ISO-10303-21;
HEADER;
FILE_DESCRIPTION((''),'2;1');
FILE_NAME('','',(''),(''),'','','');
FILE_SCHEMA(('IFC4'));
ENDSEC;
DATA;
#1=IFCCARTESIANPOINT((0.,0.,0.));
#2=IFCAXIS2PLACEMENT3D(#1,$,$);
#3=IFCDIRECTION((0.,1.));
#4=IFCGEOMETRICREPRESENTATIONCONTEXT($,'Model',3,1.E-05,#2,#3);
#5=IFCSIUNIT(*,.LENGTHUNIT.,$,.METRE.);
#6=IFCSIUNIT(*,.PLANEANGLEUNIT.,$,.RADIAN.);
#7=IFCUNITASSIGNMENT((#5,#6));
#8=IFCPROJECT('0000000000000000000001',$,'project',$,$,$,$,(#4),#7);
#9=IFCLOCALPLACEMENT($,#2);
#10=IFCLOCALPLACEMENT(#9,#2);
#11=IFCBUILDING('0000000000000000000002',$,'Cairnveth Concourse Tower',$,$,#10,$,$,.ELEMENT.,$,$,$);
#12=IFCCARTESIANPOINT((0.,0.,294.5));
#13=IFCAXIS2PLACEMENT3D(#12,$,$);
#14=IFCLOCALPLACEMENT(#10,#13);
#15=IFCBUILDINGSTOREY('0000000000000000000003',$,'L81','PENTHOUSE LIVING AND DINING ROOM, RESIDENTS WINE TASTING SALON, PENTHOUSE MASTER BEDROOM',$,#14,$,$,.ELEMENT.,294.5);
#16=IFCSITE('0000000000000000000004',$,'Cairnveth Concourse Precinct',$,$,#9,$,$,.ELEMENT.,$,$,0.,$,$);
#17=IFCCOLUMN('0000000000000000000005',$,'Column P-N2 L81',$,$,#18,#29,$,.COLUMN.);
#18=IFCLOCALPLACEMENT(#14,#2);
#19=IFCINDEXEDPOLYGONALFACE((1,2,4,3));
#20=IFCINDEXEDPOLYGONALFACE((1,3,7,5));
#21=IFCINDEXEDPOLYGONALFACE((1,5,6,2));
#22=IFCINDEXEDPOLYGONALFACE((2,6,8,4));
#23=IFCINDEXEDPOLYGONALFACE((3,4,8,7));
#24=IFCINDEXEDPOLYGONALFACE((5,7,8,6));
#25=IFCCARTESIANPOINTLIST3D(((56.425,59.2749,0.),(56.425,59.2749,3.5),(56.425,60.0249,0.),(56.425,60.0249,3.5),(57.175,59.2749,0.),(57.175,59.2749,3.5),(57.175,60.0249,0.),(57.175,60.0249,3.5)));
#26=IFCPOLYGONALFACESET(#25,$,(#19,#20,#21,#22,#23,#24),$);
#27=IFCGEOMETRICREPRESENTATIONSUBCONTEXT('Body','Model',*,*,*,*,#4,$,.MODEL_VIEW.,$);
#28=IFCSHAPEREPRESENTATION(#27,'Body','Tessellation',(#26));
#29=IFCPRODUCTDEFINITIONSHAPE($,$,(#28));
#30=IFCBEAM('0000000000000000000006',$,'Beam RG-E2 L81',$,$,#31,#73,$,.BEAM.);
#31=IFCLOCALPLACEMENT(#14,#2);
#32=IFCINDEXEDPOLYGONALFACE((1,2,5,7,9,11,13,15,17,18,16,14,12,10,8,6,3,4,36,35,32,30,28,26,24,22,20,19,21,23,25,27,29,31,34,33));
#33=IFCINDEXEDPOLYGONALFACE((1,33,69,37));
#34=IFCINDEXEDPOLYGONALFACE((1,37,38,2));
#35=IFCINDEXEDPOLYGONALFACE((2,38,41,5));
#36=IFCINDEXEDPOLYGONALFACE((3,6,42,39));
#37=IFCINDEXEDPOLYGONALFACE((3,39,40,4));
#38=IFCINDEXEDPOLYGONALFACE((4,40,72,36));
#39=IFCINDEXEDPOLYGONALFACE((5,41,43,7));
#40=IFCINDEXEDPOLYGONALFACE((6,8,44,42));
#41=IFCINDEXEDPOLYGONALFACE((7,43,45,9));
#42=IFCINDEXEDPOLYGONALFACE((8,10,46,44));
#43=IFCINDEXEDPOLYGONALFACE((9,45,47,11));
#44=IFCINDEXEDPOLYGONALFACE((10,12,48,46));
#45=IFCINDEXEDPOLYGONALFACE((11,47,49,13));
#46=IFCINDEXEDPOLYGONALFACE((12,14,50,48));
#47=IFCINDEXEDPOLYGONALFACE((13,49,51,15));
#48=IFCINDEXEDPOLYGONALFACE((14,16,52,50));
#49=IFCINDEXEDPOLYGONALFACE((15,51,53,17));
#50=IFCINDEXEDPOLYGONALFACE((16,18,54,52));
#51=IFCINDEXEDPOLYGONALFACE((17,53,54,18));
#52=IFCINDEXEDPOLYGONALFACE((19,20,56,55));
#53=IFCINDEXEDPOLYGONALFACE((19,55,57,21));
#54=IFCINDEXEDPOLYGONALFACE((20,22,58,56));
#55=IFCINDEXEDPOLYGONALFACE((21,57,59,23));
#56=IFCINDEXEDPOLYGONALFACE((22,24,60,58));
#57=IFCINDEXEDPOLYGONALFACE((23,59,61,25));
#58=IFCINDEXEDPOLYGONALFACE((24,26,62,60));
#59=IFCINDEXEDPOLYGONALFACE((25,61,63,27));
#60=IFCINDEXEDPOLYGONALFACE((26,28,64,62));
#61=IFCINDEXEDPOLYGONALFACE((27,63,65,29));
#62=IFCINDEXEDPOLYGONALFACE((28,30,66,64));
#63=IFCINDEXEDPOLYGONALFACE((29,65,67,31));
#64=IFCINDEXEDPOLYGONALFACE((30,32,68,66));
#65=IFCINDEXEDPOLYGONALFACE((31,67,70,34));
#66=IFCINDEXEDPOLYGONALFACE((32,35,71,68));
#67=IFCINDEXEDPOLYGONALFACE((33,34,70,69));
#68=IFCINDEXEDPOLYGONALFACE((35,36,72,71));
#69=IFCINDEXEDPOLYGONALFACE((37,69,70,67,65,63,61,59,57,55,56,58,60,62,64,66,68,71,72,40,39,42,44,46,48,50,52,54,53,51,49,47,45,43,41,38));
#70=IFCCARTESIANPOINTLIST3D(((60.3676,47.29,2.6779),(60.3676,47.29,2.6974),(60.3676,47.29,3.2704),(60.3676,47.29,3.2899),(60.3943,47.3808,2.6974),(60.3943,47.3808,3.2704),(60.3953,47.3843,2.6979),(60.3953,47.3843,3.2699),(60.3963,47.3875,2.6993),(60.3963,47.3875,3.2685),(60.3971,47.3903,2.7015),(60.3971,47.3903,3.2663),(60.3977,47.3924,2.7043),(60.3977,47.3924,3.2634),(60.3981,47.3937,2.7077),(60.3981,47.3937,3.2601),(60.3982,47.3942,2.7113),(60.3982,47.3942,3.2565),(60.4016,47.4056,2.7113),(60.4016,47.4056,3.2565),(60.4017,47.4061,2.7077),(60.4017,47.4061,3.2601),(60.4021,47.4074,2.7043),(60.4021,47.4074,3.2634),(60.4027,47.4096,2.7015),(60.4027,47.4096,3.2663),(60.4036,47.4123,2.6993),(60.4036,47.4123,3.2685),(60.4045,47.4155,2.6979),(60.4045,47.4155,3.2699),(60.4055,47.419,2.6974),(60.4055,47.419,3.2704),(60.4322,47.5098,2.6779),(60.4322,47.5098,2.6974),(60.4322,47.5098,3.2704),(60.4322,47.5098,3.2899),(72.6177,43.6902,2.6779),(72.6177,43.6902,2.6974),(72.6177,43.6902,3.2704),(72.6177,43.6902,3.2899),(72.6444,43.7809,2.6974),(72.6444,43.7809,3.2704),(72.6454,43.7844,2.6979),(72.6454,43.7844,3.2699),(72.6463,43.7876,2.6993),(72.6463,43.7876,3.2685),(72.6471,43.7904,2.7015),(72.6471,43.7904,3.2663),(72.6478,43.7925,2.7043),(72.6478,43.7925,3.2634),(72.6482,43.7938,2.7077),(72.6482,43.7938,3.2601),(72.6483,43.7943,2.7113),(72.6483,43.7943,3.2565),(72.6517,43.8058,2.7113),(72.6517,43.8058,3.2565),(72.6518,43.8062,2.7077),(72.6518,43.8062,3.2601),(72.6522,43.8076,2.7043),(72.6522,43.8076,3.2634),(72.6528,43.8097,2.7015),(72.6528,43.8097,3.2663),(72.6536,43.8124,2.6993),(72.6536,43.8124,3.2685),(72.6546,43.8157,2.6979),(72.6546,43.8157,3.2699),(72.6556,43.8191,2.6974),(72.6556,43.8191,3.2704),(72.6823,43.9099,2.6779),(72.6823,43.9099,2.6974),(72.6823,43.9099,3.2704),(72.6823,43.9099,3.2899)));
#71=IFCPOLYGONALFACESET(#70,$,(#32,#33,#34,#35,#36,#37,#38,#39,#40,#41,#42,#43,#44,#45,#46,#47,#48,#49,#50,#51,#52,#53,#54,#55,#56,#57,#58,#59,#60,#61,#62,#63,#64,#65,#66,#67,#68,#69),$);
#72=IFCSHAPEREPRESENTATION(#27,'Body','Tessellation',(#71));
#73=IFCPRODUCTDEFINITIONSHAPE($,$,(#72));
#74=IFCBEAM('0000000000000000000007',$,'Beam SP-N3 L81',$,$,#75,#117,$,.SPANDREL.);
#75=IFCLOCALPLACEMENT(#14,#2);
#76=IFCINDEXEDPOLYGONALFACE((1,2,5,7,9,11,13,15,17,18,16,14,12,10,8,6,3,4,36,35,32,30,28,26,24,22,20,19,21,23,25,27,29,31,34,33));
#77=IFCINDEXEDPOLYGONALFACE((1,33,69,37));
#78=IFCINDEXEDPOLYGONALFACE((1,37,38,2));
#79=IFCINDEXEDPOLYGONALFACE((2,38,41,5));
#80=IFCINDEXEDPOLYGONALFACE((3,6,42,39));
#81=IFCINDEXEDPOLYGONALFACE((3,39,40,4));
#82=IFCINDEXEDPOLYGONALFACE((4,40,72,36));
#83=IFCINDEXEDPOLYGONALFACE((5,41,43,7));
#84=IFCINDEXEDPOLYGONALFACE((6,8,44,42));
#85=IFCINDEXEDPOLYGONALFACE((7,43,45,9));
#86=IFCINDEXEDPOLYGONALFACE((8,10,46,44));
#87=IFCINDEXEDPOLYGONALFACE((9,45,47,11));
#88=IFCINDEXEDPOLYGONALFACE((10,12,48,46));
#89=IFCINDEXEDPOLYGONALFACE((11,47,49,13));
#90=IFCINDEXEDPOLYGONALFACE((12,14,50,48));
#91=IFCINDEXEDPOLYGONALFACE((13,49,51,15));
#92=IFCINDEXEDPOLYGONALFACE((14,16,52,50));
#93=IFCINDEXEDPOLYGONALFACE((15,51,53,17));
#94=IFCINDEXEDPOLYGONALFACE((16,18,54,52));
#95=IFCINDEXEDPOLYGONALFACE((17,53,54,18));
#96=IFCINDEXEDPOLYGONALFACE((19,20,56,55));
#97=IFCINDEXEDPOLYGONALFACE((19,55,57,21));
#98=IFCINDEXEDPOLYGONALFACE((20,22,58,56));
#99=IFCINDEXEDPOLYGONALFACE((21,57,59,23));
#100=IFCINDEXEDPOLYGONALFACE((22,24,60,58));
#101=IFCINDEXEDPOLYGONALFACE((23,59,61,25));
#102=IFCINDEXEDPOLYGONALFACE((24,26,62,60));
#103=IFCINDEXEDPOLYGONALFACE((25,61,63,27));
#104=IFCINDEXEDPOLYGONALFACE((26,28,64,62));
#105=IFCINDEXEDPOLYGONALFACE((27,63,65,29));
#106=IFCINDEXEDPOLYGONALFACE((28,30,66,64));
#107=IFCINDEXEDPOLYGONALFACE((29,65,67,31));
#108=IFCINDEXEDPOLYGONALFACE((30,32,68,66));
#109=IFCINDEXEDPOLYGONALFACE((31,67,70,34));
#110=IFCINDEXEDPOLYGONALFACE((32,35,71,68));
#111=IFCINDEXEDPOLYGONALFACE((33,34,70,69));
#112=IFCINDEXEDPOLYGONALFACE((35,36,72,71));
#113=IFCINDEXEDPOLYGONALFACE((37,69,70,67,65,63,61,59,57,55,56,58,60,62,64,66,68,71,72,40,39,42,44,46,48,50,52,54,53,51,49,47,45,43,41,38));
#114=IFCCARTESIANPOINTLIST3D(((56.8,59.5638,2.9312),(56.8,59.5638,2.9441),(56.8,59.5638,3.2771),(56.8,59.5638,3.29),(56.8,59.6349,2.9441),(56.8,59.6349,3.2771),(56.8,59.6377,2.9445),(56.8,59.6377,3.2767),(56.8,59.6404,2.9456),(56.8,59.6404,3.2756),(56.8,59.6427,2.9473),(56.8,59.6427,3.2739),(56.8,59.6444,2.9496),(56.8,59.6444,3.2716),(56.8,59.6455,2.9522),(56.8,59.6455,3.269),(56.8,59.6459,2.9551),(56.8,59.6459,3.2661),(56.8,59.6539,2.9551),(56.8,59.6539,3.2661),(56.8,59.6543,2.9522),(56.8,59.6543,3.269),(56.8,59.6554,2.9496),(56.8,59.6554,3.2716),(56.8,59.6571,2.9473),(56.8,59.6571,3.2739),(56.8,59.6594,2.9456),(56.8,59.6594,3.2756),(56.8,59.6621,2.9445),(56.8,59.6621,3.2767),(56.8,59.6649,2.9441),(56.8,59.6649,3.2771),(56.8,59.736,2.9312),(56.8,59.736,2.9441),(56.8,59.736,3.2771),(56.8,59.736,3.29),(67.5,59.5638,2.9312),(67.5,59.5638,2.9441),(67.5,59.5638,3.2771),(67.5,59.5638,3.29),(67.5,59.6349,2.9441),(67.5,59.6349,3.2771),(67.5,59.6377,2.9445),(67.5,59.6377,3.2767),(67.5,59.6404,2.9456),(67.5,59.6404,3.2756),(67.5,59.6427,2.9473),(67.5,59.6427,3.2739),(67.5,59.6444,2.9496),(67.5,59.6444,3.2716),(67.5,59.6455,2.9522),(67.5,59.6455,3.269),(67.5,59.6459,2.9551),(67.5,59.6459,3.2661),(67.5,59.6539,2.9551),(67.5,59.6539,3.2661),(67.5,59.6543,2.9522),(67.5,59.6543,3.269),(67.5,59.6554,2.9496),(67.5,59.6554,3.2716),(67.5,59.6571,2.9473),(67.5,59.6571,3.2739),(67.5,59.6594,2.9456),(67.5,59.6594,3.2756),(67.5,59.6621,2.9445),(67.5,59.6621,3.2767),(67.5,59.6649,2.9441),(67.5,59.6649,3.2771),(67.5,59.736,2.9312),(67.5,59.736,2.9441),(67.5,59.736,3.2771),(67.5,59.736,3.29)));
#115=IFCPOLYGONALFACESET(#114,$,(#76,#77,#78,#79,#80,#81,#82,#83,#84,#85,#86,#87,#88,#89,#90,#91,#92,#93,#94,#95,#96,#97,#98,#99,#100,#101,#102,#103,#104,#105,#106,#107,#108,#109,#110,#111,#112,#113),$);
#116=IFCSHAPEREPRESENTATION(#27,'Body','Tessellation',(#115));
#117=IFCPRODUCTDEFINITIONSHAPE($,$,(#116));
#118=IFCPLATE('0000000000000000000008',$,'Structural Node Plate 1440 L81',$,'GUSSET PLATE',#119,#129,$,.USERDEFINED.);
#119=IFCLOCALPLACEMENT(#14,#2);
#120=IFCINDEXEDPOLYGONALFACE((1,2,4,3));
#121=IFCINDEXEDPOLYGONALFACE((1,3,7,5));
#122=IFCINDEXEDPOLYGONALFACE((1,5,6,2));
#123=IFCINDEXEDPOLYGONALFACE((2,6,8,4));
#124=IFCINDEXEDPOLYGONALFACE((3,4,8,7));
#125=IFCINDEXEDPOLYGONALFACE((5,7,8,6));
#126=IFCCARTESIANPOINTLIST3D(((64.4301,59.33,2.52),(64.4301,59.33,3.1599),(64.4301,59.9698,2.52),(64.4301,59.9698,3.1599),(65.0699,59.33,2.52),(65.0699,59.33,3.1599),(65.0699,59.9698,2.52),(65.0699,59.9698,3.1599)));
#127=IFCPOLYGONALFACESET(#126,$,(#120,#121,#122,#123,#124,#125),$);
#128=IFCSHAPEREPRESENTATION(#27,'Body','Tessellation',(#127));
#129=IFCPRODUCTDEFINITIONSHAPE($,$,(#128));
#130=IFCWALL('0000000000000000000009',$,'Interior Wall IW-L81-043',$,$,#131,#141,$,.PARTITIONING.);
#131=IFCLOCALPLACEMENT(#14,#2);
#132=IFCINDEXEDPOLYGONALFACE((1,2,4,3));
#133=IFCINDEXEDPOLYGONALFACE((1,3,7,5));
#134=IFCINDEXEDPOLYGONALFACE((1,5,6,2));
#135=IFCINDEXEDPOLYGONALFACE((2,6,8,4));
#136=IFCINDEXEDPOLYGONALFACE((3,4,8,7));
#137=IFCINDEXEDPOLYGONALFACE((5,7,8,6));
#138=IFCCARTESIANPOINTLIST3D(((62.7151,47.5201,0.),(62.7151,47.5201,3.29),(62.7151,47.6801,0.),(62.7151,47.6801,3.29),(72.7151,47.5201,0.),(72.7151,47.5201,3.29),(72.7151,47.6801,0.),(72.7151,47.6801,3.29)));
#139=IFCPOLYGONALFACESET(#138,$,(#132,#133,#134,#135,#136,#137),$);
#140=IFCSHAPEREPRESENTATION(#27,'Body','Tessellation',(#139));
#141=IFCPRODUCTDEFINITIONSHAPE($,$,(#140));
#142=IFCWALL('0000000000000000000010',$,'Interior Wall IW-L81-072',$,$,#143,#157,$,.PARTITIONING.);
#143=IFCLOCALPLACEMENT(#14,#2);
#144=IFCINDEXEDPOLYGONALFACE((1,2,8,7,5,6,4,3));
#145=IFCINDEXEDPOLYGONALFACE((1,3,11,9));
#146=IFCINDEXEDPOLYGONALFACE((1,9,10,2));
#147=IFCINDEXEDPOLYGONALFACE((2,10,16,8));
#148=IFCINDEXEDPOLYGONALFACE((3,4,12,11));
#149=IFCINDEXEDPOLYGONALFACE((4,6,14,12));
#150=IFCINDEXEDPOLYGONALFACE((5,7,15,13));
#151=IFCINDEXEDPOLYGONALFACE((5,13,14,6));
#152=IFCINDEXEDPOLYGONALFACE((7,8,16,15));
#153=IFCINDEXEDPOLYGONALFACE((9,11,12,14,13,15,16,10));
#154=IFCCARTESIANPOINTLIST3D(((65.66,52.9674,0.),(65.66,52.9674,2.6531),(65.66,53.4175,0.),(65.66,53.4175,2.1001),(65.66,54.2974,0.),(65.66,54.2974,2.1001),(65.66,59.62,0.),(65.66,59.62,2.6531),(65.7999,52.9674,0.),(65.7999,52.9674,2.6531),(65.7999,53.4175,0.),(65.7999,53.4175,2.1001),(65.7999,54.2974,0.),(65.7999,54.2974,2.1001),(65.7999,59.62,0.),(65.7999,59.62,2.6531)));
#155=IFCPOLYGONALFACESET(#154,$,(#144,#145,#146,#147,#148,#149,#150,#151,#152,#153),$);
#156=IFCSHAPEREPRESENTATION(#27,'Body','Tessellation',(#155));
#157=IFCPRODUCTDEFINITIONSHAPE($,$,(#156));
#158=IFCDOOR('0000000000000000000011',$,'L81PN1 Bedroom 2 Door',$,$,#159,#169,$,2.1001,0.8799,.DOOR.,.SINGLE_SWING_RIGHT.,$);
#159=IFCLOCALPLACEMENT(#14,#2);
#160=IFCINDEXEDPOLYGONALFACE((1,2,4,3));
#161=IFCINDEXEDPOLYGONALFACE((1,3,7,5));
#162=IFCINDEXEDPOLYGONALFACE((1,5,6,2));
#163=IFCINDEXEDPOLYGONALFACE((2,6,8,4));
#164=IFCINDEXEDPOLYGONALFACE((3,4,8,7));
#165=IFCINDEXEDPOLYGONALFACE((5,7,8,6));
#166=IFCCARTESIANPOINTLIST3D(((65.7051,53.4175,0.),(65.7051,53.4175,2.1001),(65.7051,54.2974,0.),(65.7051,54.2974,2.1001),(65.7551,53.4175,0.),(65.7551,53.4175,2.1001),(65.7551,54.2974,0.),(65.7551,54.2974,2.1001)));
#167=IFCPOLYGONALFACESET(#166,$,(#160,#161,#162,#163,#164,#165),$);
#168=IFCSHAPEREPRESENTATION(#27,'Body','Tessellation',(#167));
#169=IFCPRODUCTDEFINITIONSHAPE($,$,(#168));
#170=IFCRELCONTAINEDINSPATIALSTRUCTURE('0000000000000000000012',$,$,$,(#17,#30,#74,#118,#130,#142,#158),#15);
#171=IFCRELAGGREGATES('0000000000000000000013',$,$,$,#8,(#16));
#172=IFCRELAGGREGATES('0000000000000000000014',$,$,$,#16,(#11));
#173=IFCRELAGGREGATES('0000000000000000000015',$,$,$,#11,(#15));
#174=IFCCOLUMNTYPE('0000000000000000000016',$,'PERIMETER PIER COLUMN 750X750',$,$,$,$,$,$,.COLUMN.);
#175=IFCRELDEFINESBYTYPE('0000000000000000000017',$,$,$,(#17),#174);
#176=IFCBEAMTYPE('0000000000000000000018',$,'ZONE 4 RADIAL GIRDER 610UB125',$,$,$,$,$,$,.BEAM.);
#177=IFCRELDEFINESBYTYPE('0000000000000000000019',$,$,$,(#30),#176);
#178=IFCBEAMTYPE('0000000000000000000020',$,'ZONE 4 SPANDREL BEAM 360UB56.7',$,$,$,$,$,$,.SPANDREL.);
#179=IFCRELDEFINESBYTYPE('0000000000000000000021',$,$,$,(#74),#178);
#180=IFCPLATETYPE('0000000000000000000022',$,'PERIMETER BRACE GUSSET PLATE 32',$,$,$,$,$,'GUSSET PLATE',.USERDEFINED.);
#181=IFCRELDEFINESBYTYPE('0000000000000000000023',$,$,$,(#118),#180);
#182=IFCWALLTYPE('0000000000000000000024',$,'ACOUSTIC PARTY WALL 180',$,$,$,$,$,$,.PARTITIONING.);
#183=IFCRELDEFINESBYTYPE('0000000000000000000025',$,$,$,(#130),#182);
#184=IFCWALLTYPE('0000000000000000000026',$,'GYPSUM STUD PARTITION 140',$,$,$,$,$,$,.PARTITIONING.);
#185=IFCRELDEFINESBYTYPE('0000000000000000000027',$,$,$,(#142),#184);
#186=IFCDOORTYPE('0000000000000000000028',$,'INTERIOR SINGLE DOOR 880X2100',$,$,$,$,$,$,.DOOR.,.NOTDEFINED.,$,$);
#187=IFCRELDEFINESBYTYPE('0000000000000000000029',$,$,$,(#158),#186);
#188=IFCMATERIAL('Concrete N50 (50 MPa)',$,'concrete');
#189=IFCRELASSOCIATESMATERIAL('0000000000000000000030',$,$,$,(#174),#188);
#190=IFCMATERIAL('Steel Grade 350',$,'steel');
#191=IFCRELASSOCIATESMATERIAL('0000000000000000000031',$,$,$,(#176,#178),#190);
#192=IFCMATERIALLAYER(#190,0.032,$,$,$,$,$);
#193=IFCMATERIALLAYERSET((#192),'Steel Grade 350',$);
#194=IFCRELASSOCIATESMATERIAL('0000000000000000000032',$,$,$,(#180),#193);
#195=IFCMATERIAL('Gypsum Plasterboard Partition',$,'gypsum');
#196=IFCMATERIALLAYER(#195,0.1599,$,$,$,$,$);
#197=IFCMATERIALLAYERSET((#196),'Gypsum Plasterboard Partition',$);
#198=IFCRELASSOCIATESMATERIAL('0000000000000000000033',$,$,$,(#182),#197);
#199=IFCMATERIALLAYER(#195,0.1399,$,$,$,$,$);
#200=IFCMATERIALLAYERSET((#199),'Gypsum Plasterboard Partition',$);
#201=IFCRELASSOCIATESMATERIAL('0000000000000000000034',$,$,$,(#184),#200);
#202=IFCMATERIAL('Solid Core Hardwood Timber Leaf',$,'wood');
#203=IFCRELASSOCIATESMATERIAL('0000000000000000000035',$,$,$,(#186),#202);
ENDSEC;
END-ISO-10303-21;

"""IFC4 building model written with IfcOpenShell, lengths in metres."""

from ifc_helpers import new_model, si_unit, direction, frame, frame_2d, origin, origin_2d, place, context, subcontext, project, spatial, rectangle, i_section, extrude, material, layer, layer_set, material_profile, profile_set, type_object, element, fill, save


model = new_model("IFC4")

# Units and contexts
model_context = context("Model", 3, precision=1e-05, world=origin(), true_north=direction((0.0, 1.0)))
body_context = subcontext(model_context, "Body", "Model", "MODEL_VIEW")
ifc_project = project(units=[si_unit("LENGTHUNIT", "METRE"), si_unit("PLANEANGLEUNIT", "RADIAN")], contexts=[model_context])

# Site, building, storey
site_placement = place(None, origin())
site = spatial("IfcSite", under=ifc_project, at=site_placement, Name="Cairnveth Concourse Precinct", CompositionType="ELEMENT", RefElevation=0.0)
building_placement = place(site_placement, origin())
building = spatial("IfcBuilding", under=site, at=building_placement, Name="Cairnveth Concourse Tower", CompositionType="ELEMENT")
storey_placement = place(building_placement, frame((0.0, 0.0, 294.5)))
storey = spatial("IfcBuildingStorey", under=building, at=storey_placement, Name="L81", Description="PENTHOUSE LIVING AND DINING ROOM, RESIDENTS WINE TASTING SALON, PENTHOUSE MASTER BEDROOM", CompositionType="ELEMENT", Elevation=294.5)

# Column
ifc_material_1 = material(Name="Concrete N50 (50 MPa)", Category="concrete")
ifc_material_profile_1 = material_profile(ifc_material_1, rectangle(XDim=0.75, YDim=0.75, at=origin_2d()), Name="RC-COL-750x750")
ifc_profile_set_1 = profile_set([ifc_material_profile_1], Name="Concrete N50 (50 MPa)")
column_type = type_object("IfcColumnType", Name="PERIMETER PIER COLUMN 750X750", PredefinedType="COLUMN", material=ifc_profile_set_1)
column_placement = place(storey_placement, frame((56.8, 59.6499, 0.0), z_axis=(0.0, 0.0, 1.0), x_axis=(1.0, 0.0, 0.0)))
element("IfcColumn", 1, at=column_placement, inside=storey, type_object=column_type, Name="Column P-N2 L81", PredefinedType="COLUMN", context=body_context, shape_type="SweptSolid", body=[
    extrude(rectangle(XDim=0.75, YDim=0.75, at=origin_2d()), origin(), (0.0, 0.0, 1.0), 3.5),
])

# Beams
ifc_material_2 = material(Name="Steel Grade 350", Category="steel")
ifc_material_profile_2 = material_profile(ifc_material_2, i_section(OverallWidth=0.229, OverallDepth=0.6121, WebThickness=0.012, FlangeThickness=0.0195, FilletRadius=0.0139, at=origin_2d()), Name="610UB125")
ifc_profile_set_2 = profile_set([ifc_material_profile_2], Name="Steel Grade 350")
beam_type_1 = type_object("IfcBeamType", Name="ZONE 4 RADIAL GIRDER 610UB125", PredefinedType="BEAM", material=ifc_profile_set_2)
beam_1_placement = place(storey_placement, frame((60.3999, 47.3999, 2.9839), z_axis=(0.959431, -0.281944, 0.0), x_axis=(0.281944, 0.959431, 0.0)))
element("IfcBeam", 2, at=beam_1_placement, inside=storey, type_object=beam_type_1, Name="Beam RG-E2 L81", PredefinedType="BEAM", context=body_context, shape_type="SweptSolid", body=[
    extrude(i_section(OverallWidth=0.229, OverallDepth=0.6121, WebThickness=0.012, FlangeThickness=0.0195, FilletRadius=0.0139, at=origin_2d()), origin(), (0.0, 0.0, 1.0), 12.7681),
])
ifc_material_profile_3 = material_profile(ifc_material_2, i_section(OverallWidth=0.1721, OverallDepth=0.3589, WebThickness=0.0081, FlangeThickness=0.0129, FilletRadius=0.011, at=origin_2d()), Name="360UB56.7")
ifc_profile_set_3 = profile_set([ifc_material_profile_3], Name="Steel Grade 350")
beam_type_2 = type_object("IfcBeamType", Name="ZONE 4 SPANDREL BEAM 360UB56.7", PredefinedType="SPANDREL", material=ifc_profile_set_3)
beam_2_placement = place(storey_placement, frame((56.8, 59.6499, 3.1106), z_axis=(1.0, 0.0, 0.0), x_axis=(0.0, 1.0, 0.0)))
element("IfcBeam", 3, at=beam_2_placement, inside=storey, type_object=beam_type_2, Name="Beam SP-N3 L81", PredefinedType="SPANDREL", context=body_context, shape_type="SweptSolid", body=[
    extrude(i_section(OverallWidth=0.1721, OverallDepth=0.3589, WebThickness=0.0081, FlangeThickness=0.0129, FilletRadius=0.011, at=origin_2d()), origin(), (0.0, 0.0, 1.0), 10.7),
])

# Plate
ifc_layer_1 = layer(ifc_material_2, 0.032)
ifc_layer_set_1 = layer_set([ifc_layer_1], Name="Steel Grade 350")
plate_type = type_object("IfcPlateType", Name="PERIMETER BRACE GUSSET PLATE 32", ElementType="GUSSET PLATE", PredefinedType="USERDEFINED", material=ifc_layer_set_1)
plate_placement = place(storey_placement, frame((64.75, 59.6499, 2.52), z_axis=(0.0, 0.0, 1.0), x_axis=(1.0, 0.0, 0.0)))
element("IfcPlate", 4, at=plate_placement, inside=storey, type_object=plate_type, Name="Structural Node Plate 1440 L81", ObjectType="GUSSET PLATE", PredefinedType="USERDEFINED", context=body_context, shape_type="SweptSolid", body=[
    extrude(rectangle(XDim=0.6399, YDim=0.6399, at=origin_2d()), origin(), (0.0, 0.0, 1.0), 0.6399),
])

# Wall
ifc_material_3 = material(Name="Gypsum Plasterboard Partition", Category="gypsum")
ifc_layer_2 = layer(ifc_material_3, 0.1599)
ifc_layer_set_2 = layer_set([ifc_layer_2], Name="Gypsum Plasterboard Partition")
wall_type_1 = type_object("IfcWallType", Name="ACOUSTIC PARTY WALL 180", PredefinedType="PARTITIONING", material=ifc_layer_set_2)
wall_1_placement = place(storey_placement, frame((62.7151, 47.6001, 0.0), z_axis=(0.0, 0.0, 1.0), x_axis=(1.0, 0.0, 0.0)))
element("IfcWall", 5, at=wall_1_placement, inside=storey, type_object=wall_type_1, Name="Interior Wall IW-L81-043", PredefinedType="PARTITIONING", context=body_context, shape_type="SweptSolid", body=[
    extrude(rectangle(XDim=10.0, YDim=0.1599, at=frame_2d((5.0, 0.0))), origin(), (0.0, 0.0, 1.0), 3.29),
])

# Wall, opening, door
ifc_layer_3 = layer(ifc_material_3, 0.1399)
ifc_layer_set_3 = layer_set([ifc_layer_3], Name="Gypsum Plasterboard Partition")
wall_type_2 = type_object("IfcWallType", Name="GYPSUM STUD PARTITION 140", PredefinedType="PARTITIONING", material=ifc_layer_set_3)
wall_2_placement = place(storey_placement, frame((65.73, 52.9675, 0.0), z_axis=(0.0, 0.0, 1.0), x_axis=(0.0, 1.0, 0.0)))
wall_2 = element("IfcWall", 6, at=wall_2_placement, inside=storey, type_object=wall_type_2, Name="Interior Wall IW-L81-072", PredefinedType="PARTITIONING", context=body_context, shape_type="SweptSolid", body=[
    extrude(rectangle(XDim=6.6526, YDim=0.1399, at=frame_2d((3.3262, 0.0))), origin(), (0.0, 0.0, 1.0), 2.6531),
])
opening_1_placement = place(wall_2_placement, frame((0.45, 0.0, 0.0)))
opening_1 = element("IfcOpeningElement", 7, at=opening_1_placement, cuts=wall_2, PredefinedType="OPENING", context=body_context, shape_type="SweptSolid", body=[
    extrude(rectangle(XDim=0.8799, YDim=2.1001, at=frame_2d((0.4399, 1.05))), frame((0.0, 0.0798, 0.0), z_axis=(0.0, -1.0, 0.0), x_axis=(1.0, 0.0, 0.0)), (0.0, 0.0, 1.0), 0.1599),
])
ifc_material_4 = material(Name="Solid Core Hardwood Timber Leaf", Category="wood")
door_type_1 = type_object("IfcDoorType", Name="INTERIOR SINGLE DOOR 880X2100", OperationType="NOTDEFINED", PredefinedType="DOOR", material=ifc_material_4)
door_1_placement = place(opening_1_placement, origin())
door_1 = element("IfcDoor", 8, at=door_1_placement, inside=storey, type_object=door_type_1, Name="L81PN1 Bedroom 2 Door", OperationType="SINGLE_SWING_RIGHT", OverallHeight=2.1001, OverallWidth=0.8799, PredefinedType="DOOR", context=body_context, shape_type="SweptSolid", body=[
    extrude(rectangle(XDim=0.8799, YDim=2.1001, at=frame_2d((0.4399, 1.05))), frame((0.0, 0.0249, 0.0), z_axis=(0.0, -1.0, 0.0), x_axis=(1.0, 0.0, 0.0)), (0.0, 0.0, 1.0), 0.05),
])
fill(opening_1, door_1)

save(model, "model.ifc")
